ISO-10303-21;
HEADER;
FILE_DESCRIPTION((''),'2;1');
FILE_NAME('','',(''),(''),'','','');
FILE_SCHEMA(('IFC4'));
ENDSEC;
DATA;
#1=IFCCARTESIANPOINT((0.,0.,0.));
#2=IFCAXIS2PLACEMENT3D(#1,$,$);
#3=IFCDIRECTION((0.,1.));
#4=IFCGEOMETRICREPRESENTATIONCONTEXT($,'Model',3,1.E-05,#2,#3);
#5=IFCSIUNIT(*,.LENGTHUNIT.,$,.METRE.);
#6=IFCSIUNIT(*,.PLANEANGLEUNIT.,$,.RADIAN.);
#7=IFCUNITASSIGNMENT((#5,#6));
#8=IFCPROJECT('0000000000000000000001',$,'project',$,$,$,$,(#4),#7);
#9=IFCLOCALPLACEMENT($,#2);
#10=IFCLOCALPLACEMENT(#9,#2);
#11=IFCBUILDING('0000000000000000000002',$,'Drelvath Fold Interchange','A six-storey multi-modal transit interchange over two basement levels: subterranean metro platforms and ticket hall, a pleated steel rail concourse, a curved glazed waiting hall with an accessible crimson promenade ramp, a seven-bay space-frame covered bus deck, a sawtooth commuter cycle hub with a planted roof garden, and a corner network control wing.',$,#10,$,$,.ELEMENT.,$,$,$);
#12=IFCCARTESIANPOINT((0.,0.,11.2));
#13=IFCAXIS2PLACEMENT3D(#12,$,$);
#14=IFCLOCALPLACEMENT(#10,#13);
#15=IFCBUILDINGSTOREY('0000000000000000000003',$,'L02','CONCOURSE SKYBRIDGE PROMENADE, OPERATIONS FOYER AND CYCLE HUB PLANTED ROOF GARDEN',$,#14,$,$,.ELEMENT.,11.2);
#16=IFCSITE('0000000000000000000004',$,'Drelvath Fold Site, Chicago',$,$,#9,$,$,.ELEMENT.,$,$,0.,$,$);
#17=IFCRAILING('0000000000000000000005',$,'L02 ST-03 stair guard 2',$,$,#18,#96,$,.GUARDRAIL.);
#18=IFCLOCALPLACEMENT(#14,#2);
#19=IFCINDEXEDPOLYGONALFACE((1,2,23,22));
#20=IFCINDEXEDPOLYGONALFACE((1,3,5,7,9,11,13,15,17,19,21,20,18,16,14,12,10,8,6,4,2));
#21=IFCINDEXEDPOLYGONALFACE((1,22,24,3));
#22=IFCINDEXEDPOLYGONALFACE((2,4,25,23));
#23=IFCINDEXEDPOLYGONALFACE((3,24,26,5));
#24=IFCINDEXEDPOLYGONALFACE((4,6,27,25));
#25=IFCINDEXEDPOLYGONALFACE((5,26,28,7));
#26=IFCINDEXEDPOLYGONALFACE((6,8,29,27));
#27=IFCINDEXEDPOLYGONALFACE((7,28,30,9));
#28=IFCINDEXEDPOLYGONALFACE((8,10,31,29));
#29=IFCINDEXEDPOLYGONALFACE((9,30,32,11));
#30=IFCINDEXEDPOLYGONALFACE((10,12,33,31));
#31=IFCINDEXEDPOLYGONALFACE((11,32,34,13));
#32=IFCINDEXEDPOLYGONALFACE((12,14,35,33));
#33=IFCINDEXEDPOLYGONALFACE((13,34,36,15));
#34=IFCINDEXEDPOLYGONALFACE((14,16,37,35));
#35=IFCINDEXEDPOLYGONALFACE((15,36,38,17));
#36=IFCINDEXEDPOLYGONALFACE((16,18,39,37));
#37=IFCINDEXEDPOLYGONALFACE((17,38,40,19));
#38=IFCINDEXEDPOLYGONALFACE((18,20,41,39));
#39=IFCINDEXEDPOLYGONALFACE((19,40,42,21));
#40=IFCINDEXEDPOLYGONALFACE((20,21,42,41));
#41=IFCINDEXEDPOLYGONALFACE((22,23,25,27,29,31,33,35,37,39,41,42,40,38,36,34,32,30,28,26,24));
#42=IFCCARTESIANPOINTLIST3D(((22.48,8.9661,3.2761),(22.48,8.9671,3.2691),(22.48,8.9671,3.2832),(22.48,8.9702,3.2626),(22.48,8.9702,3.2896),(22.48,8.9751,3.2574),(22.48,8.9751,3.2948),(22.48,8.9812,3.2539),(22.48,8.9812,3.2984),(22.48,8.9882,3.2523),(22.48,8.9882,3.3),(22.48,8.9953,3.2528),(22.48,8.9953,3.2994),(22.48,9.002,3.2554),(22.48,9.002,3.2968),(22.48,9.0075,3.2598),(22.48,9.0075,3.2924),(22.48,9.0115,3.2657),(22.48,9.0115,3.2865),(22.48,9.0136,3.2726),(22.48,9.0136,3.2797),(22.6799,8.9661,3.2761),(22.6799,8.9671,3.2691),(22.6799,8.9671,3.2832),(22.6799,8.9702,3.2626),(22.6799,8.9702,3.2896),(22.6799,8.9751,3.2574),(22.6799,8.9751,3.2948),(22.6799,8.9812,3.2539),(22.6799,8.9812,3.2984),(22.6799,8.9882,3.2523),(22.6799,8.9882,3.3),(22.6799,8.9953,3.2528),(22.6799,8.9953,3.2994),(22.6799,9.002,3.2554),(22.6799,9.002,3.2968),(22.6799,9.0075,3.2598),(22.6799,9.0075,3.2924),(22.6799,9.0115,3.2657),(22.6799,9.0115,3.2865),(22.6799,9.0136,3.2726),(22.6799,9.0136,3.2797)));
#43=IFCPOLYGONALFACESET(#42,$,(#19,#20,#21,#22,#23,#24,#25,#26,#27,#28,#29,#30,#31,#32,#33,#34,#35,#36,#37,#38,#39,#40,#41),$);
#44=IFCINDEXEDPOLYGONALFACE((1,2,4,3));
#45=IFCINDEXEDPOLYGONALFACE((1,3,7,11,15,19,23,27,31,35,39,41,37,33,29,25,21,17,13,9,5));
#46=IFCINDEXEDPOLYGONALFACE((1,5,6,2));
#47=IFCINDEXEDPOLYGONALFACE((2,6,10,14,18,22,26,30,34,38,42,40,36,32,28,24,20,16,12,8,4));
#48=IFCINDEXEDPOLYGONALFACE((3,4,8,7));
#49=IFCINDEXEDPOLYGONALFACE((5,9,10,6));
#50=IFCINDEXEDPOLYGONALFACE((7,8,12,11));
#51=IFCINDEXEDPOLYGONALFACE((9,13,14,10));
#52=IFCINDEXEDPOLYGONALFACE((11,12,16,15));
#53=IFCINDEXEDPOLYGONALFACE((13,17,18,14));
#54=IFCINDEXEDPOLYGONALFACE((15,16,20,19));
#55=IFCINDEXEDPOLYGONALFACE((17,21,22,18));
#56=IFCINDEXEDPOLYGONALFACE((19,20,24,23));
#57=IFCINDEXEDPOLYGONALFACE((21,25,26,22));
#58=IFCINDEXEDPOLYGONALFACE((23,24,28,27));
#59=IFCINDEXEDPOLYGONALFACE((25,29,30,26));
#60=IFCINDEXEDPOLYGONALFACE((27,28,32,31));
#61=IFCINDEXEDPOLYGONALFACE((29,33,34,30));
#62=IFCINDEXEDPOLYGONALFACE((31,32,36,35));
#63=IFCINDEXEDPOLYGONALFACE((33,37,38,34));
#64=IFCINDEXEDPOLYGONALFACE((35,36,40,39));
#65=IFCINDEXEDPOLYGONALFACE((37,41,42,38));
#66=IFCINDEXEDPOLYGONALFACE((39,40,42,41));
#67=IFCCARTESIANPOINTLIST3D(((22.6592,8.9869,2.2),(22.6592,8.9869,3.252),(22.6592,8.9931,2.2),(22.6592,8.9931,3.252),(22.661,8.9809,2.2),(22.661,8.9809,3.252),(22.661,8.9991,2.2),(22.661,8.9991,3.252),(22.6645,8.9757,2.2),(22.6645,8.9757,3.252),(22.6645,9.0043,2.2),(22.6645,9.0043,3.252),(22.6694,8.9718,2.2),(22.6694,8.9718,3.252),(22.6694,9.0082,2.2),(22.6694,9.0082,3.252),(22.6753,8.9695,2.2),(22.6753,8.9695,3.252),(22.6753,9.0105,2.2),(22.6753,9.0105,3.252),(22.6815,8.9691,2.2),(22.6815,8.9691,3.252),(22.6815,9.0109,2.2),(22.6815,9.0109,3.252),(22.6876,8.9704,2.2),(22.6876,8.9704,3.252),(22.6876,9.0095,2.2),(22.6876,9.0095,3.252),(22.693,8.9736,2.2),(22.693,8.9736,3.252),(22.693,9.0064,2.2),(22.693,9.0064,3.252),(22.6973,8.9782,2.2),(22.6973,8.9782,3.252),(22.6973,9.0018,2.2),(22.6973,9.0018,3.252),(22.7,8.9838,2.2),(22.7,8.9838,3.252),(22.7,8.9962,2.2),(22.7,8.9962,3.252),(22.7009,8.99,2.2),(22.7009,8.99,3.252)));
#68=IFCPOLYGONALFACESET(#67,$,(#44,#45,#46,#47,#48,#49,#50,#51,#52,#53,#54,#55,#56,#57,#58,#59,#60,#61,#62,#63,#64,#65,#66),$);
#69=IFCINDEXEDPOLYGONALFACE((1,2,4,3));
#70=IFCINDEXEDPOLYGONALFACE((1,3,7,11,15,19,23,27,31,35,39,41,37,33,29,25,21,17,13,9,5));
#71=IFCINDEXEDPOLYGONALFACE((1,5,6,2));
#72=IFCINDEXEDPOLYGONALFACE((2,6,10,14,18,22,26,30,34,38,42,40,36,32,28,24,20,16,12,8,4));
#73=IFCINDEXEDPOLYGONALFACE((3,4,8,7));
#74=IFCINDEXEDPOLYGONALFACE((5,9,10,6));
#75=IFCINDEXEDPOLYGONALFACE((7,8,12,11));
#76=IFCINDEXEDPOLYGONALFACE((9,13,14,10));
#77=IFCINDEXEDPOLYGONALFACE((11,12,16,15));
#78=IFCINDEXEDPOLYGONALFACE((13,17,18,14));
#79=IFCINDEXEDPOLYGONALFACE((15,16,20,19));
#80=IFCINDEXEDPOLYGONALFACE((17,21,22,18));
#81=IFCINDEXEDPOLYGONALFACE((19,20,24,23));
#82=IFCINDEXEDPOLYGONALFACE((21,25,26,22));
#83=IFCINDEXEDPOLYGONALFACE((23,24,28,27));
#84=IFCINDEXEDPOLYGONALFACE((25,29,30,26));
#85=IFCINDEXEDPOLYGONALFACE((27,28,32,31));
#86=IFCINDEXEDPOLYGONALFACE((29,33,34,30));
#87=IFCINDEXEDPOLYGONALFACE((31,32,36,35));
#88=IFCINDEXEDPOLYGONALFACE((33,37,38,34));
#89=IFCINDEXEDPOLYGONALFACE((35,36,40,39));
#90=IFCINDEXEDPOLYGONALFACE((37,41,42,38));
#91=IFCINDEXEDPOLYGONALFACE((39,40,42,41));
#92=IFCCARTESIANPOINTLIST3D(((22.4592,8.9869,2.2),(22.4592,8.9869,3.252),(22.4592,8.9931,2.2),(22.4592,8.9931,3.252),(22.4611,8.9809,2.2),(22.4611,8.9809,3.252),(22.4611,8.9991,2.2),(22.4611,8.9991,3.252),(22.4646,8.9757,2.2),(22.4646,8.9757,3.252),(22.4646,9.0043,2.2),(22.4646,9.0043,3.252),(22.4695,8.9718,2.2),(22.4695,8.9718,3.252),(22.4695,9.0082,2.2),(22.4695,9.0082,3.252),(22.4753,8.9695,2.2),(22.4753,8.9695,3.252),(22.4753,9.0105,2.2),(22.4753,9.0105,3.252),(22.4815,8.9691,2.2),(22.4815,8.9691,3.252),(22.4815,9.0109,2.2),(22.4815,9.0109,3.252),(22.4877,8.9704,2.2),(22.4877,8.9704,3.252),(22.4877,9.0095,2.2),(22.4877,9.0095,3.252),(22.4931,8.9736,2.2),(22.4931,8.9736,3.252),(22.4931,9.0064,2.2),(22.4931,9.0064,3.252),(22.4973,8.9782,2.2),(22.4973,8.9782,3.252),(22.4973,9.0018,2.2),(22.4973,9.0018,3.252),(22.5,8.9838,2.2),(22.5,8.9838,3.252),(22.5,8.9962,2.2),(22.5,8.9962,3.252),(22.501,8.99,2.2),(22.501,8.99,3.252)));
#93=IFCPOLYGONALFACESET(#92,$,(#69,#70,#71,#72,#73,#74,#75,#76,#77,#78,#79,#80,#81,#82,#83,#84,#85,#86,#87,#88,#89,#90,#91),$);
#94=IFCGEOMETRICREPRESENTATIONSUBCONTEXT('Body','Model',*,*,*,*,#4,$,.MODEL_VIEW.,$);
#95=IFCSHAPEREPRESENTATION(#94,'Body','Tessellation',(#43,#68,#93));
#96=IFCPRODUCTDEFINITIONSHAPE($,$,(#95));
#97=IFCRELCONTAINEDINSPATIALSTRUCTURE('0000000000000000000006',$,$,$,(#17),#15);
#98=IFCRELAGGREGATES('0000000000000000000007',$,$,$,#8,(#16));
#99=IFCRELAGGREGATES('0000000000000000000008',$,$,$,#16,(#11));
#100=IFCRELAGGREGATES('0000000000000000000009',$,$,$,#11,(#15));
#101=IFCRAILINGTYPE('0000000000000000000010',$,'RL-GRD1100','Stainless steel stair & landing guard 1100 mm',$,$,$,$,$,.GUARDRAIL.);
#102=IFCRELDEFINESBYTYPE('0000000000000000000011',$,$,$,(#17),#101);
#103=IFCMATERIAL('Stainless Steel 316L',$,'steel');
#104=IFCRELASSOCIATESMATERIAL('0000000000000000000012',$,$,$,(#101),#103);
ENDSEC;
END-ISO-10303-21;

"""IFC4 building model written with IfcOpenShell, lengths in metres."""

from ifc_helpers import new_model, si_unit, direction, frame, origin, origin_2d, place, context, subcontext, project, spatial, circle, extrude, material, type_object, element, save


model = new_model("IFC4")

# Units and contexts
model_context = context("Model", 3, precision=1e-05, world=origin(), true_north=direction((0.0, 1.0)))
body_context = subcontext(model_context, "Body", "Model", "MODEL_VIEW")
ifc_project = project(units=[si_unit("LENGTHUNIT", "METRE"), si_unit("PLANEANGLEUNIT", "RADIAN")], contexts=[model_context])

# Site, building, storey
site_placement = place(None, origin())
site = spatial("IfcSite", under=ifc_project, at=site_placement, Name="Drelvath Fold Site, Chicago", CompositionType="ELEMENT", RefElevation=0.0)
building_placement = place(site_placement, origin())
building = spatial("IfcBuilding", under=site, at=building_placement, Name="Drelvath Fold Interchange", Description="A six-storey multi-modal transit interchange over two basement levels: subterranean metro platforms and ticket hall, a pleated steel rail concourse, a curved glazed waiting hall with an accessible crimson promenade ramp, a seven-bay space-frame covered bus deck, a sawtooth commuter cycle hub with a planted roof garden, and a corner network control wing.", CompositionType="ELEMENT")
storey_placement = place(building_placement, frame((0.0, 0.0, 11.2)))
storey = spatial("IfcBuildingStorey", under=building, at=storey_placement, Name="L02", Description="CONCOURSE SKYBRIDGE PROMENADE, OPERATIONS FOYER AND CYCLE HUB PLANTED ROOF GARDEN", CompositionType="ELEMENT", Elevation=11.2)

# Railing
ifc_material_1 = material(Name="Stainless Steel 316L", Category="steel")
railing_type_1 = type_object("IfcRailingType", Name="RL-GRD1100", Description="Stainless steel stair & landing guard 1100 mm", PredefinedType="GUARDRAIL", material=ifc_material_1)
railing_1_placement = place(storey_placement, frame((22.6799, 8.99, 2.2)))
element("IfcRailing", 1, at=railing_1_placement, inside=storey, type_object=railing_type_1, Name="L02 ST-03 stair guard 2", PredefinedType="GUARDRAIL", context=body_context, shape_type="SweptSolid", body=[
    extrude(circle(Radius=0.0239, at=origin_2d()), frame((0.0, 0.0, 1.0762), z_axis=(-1.0, 0.0, 0.0), x_axis=(0.0, -1.0, 0.0)), (0.0, 0.0, 1.0), 0.2),
    extrude(circle(Radius=0.021, at=origin_2d()), origin(), (0.0, 0.0, 1.0), 1.052),
    extrude(circle(Radius=0.021, at=origin_2d()), frame((-0.2, 0.0, 0.0)), (0.0, 0.0, 1.0), 1.052),
])

save(model, "model.ifc")
